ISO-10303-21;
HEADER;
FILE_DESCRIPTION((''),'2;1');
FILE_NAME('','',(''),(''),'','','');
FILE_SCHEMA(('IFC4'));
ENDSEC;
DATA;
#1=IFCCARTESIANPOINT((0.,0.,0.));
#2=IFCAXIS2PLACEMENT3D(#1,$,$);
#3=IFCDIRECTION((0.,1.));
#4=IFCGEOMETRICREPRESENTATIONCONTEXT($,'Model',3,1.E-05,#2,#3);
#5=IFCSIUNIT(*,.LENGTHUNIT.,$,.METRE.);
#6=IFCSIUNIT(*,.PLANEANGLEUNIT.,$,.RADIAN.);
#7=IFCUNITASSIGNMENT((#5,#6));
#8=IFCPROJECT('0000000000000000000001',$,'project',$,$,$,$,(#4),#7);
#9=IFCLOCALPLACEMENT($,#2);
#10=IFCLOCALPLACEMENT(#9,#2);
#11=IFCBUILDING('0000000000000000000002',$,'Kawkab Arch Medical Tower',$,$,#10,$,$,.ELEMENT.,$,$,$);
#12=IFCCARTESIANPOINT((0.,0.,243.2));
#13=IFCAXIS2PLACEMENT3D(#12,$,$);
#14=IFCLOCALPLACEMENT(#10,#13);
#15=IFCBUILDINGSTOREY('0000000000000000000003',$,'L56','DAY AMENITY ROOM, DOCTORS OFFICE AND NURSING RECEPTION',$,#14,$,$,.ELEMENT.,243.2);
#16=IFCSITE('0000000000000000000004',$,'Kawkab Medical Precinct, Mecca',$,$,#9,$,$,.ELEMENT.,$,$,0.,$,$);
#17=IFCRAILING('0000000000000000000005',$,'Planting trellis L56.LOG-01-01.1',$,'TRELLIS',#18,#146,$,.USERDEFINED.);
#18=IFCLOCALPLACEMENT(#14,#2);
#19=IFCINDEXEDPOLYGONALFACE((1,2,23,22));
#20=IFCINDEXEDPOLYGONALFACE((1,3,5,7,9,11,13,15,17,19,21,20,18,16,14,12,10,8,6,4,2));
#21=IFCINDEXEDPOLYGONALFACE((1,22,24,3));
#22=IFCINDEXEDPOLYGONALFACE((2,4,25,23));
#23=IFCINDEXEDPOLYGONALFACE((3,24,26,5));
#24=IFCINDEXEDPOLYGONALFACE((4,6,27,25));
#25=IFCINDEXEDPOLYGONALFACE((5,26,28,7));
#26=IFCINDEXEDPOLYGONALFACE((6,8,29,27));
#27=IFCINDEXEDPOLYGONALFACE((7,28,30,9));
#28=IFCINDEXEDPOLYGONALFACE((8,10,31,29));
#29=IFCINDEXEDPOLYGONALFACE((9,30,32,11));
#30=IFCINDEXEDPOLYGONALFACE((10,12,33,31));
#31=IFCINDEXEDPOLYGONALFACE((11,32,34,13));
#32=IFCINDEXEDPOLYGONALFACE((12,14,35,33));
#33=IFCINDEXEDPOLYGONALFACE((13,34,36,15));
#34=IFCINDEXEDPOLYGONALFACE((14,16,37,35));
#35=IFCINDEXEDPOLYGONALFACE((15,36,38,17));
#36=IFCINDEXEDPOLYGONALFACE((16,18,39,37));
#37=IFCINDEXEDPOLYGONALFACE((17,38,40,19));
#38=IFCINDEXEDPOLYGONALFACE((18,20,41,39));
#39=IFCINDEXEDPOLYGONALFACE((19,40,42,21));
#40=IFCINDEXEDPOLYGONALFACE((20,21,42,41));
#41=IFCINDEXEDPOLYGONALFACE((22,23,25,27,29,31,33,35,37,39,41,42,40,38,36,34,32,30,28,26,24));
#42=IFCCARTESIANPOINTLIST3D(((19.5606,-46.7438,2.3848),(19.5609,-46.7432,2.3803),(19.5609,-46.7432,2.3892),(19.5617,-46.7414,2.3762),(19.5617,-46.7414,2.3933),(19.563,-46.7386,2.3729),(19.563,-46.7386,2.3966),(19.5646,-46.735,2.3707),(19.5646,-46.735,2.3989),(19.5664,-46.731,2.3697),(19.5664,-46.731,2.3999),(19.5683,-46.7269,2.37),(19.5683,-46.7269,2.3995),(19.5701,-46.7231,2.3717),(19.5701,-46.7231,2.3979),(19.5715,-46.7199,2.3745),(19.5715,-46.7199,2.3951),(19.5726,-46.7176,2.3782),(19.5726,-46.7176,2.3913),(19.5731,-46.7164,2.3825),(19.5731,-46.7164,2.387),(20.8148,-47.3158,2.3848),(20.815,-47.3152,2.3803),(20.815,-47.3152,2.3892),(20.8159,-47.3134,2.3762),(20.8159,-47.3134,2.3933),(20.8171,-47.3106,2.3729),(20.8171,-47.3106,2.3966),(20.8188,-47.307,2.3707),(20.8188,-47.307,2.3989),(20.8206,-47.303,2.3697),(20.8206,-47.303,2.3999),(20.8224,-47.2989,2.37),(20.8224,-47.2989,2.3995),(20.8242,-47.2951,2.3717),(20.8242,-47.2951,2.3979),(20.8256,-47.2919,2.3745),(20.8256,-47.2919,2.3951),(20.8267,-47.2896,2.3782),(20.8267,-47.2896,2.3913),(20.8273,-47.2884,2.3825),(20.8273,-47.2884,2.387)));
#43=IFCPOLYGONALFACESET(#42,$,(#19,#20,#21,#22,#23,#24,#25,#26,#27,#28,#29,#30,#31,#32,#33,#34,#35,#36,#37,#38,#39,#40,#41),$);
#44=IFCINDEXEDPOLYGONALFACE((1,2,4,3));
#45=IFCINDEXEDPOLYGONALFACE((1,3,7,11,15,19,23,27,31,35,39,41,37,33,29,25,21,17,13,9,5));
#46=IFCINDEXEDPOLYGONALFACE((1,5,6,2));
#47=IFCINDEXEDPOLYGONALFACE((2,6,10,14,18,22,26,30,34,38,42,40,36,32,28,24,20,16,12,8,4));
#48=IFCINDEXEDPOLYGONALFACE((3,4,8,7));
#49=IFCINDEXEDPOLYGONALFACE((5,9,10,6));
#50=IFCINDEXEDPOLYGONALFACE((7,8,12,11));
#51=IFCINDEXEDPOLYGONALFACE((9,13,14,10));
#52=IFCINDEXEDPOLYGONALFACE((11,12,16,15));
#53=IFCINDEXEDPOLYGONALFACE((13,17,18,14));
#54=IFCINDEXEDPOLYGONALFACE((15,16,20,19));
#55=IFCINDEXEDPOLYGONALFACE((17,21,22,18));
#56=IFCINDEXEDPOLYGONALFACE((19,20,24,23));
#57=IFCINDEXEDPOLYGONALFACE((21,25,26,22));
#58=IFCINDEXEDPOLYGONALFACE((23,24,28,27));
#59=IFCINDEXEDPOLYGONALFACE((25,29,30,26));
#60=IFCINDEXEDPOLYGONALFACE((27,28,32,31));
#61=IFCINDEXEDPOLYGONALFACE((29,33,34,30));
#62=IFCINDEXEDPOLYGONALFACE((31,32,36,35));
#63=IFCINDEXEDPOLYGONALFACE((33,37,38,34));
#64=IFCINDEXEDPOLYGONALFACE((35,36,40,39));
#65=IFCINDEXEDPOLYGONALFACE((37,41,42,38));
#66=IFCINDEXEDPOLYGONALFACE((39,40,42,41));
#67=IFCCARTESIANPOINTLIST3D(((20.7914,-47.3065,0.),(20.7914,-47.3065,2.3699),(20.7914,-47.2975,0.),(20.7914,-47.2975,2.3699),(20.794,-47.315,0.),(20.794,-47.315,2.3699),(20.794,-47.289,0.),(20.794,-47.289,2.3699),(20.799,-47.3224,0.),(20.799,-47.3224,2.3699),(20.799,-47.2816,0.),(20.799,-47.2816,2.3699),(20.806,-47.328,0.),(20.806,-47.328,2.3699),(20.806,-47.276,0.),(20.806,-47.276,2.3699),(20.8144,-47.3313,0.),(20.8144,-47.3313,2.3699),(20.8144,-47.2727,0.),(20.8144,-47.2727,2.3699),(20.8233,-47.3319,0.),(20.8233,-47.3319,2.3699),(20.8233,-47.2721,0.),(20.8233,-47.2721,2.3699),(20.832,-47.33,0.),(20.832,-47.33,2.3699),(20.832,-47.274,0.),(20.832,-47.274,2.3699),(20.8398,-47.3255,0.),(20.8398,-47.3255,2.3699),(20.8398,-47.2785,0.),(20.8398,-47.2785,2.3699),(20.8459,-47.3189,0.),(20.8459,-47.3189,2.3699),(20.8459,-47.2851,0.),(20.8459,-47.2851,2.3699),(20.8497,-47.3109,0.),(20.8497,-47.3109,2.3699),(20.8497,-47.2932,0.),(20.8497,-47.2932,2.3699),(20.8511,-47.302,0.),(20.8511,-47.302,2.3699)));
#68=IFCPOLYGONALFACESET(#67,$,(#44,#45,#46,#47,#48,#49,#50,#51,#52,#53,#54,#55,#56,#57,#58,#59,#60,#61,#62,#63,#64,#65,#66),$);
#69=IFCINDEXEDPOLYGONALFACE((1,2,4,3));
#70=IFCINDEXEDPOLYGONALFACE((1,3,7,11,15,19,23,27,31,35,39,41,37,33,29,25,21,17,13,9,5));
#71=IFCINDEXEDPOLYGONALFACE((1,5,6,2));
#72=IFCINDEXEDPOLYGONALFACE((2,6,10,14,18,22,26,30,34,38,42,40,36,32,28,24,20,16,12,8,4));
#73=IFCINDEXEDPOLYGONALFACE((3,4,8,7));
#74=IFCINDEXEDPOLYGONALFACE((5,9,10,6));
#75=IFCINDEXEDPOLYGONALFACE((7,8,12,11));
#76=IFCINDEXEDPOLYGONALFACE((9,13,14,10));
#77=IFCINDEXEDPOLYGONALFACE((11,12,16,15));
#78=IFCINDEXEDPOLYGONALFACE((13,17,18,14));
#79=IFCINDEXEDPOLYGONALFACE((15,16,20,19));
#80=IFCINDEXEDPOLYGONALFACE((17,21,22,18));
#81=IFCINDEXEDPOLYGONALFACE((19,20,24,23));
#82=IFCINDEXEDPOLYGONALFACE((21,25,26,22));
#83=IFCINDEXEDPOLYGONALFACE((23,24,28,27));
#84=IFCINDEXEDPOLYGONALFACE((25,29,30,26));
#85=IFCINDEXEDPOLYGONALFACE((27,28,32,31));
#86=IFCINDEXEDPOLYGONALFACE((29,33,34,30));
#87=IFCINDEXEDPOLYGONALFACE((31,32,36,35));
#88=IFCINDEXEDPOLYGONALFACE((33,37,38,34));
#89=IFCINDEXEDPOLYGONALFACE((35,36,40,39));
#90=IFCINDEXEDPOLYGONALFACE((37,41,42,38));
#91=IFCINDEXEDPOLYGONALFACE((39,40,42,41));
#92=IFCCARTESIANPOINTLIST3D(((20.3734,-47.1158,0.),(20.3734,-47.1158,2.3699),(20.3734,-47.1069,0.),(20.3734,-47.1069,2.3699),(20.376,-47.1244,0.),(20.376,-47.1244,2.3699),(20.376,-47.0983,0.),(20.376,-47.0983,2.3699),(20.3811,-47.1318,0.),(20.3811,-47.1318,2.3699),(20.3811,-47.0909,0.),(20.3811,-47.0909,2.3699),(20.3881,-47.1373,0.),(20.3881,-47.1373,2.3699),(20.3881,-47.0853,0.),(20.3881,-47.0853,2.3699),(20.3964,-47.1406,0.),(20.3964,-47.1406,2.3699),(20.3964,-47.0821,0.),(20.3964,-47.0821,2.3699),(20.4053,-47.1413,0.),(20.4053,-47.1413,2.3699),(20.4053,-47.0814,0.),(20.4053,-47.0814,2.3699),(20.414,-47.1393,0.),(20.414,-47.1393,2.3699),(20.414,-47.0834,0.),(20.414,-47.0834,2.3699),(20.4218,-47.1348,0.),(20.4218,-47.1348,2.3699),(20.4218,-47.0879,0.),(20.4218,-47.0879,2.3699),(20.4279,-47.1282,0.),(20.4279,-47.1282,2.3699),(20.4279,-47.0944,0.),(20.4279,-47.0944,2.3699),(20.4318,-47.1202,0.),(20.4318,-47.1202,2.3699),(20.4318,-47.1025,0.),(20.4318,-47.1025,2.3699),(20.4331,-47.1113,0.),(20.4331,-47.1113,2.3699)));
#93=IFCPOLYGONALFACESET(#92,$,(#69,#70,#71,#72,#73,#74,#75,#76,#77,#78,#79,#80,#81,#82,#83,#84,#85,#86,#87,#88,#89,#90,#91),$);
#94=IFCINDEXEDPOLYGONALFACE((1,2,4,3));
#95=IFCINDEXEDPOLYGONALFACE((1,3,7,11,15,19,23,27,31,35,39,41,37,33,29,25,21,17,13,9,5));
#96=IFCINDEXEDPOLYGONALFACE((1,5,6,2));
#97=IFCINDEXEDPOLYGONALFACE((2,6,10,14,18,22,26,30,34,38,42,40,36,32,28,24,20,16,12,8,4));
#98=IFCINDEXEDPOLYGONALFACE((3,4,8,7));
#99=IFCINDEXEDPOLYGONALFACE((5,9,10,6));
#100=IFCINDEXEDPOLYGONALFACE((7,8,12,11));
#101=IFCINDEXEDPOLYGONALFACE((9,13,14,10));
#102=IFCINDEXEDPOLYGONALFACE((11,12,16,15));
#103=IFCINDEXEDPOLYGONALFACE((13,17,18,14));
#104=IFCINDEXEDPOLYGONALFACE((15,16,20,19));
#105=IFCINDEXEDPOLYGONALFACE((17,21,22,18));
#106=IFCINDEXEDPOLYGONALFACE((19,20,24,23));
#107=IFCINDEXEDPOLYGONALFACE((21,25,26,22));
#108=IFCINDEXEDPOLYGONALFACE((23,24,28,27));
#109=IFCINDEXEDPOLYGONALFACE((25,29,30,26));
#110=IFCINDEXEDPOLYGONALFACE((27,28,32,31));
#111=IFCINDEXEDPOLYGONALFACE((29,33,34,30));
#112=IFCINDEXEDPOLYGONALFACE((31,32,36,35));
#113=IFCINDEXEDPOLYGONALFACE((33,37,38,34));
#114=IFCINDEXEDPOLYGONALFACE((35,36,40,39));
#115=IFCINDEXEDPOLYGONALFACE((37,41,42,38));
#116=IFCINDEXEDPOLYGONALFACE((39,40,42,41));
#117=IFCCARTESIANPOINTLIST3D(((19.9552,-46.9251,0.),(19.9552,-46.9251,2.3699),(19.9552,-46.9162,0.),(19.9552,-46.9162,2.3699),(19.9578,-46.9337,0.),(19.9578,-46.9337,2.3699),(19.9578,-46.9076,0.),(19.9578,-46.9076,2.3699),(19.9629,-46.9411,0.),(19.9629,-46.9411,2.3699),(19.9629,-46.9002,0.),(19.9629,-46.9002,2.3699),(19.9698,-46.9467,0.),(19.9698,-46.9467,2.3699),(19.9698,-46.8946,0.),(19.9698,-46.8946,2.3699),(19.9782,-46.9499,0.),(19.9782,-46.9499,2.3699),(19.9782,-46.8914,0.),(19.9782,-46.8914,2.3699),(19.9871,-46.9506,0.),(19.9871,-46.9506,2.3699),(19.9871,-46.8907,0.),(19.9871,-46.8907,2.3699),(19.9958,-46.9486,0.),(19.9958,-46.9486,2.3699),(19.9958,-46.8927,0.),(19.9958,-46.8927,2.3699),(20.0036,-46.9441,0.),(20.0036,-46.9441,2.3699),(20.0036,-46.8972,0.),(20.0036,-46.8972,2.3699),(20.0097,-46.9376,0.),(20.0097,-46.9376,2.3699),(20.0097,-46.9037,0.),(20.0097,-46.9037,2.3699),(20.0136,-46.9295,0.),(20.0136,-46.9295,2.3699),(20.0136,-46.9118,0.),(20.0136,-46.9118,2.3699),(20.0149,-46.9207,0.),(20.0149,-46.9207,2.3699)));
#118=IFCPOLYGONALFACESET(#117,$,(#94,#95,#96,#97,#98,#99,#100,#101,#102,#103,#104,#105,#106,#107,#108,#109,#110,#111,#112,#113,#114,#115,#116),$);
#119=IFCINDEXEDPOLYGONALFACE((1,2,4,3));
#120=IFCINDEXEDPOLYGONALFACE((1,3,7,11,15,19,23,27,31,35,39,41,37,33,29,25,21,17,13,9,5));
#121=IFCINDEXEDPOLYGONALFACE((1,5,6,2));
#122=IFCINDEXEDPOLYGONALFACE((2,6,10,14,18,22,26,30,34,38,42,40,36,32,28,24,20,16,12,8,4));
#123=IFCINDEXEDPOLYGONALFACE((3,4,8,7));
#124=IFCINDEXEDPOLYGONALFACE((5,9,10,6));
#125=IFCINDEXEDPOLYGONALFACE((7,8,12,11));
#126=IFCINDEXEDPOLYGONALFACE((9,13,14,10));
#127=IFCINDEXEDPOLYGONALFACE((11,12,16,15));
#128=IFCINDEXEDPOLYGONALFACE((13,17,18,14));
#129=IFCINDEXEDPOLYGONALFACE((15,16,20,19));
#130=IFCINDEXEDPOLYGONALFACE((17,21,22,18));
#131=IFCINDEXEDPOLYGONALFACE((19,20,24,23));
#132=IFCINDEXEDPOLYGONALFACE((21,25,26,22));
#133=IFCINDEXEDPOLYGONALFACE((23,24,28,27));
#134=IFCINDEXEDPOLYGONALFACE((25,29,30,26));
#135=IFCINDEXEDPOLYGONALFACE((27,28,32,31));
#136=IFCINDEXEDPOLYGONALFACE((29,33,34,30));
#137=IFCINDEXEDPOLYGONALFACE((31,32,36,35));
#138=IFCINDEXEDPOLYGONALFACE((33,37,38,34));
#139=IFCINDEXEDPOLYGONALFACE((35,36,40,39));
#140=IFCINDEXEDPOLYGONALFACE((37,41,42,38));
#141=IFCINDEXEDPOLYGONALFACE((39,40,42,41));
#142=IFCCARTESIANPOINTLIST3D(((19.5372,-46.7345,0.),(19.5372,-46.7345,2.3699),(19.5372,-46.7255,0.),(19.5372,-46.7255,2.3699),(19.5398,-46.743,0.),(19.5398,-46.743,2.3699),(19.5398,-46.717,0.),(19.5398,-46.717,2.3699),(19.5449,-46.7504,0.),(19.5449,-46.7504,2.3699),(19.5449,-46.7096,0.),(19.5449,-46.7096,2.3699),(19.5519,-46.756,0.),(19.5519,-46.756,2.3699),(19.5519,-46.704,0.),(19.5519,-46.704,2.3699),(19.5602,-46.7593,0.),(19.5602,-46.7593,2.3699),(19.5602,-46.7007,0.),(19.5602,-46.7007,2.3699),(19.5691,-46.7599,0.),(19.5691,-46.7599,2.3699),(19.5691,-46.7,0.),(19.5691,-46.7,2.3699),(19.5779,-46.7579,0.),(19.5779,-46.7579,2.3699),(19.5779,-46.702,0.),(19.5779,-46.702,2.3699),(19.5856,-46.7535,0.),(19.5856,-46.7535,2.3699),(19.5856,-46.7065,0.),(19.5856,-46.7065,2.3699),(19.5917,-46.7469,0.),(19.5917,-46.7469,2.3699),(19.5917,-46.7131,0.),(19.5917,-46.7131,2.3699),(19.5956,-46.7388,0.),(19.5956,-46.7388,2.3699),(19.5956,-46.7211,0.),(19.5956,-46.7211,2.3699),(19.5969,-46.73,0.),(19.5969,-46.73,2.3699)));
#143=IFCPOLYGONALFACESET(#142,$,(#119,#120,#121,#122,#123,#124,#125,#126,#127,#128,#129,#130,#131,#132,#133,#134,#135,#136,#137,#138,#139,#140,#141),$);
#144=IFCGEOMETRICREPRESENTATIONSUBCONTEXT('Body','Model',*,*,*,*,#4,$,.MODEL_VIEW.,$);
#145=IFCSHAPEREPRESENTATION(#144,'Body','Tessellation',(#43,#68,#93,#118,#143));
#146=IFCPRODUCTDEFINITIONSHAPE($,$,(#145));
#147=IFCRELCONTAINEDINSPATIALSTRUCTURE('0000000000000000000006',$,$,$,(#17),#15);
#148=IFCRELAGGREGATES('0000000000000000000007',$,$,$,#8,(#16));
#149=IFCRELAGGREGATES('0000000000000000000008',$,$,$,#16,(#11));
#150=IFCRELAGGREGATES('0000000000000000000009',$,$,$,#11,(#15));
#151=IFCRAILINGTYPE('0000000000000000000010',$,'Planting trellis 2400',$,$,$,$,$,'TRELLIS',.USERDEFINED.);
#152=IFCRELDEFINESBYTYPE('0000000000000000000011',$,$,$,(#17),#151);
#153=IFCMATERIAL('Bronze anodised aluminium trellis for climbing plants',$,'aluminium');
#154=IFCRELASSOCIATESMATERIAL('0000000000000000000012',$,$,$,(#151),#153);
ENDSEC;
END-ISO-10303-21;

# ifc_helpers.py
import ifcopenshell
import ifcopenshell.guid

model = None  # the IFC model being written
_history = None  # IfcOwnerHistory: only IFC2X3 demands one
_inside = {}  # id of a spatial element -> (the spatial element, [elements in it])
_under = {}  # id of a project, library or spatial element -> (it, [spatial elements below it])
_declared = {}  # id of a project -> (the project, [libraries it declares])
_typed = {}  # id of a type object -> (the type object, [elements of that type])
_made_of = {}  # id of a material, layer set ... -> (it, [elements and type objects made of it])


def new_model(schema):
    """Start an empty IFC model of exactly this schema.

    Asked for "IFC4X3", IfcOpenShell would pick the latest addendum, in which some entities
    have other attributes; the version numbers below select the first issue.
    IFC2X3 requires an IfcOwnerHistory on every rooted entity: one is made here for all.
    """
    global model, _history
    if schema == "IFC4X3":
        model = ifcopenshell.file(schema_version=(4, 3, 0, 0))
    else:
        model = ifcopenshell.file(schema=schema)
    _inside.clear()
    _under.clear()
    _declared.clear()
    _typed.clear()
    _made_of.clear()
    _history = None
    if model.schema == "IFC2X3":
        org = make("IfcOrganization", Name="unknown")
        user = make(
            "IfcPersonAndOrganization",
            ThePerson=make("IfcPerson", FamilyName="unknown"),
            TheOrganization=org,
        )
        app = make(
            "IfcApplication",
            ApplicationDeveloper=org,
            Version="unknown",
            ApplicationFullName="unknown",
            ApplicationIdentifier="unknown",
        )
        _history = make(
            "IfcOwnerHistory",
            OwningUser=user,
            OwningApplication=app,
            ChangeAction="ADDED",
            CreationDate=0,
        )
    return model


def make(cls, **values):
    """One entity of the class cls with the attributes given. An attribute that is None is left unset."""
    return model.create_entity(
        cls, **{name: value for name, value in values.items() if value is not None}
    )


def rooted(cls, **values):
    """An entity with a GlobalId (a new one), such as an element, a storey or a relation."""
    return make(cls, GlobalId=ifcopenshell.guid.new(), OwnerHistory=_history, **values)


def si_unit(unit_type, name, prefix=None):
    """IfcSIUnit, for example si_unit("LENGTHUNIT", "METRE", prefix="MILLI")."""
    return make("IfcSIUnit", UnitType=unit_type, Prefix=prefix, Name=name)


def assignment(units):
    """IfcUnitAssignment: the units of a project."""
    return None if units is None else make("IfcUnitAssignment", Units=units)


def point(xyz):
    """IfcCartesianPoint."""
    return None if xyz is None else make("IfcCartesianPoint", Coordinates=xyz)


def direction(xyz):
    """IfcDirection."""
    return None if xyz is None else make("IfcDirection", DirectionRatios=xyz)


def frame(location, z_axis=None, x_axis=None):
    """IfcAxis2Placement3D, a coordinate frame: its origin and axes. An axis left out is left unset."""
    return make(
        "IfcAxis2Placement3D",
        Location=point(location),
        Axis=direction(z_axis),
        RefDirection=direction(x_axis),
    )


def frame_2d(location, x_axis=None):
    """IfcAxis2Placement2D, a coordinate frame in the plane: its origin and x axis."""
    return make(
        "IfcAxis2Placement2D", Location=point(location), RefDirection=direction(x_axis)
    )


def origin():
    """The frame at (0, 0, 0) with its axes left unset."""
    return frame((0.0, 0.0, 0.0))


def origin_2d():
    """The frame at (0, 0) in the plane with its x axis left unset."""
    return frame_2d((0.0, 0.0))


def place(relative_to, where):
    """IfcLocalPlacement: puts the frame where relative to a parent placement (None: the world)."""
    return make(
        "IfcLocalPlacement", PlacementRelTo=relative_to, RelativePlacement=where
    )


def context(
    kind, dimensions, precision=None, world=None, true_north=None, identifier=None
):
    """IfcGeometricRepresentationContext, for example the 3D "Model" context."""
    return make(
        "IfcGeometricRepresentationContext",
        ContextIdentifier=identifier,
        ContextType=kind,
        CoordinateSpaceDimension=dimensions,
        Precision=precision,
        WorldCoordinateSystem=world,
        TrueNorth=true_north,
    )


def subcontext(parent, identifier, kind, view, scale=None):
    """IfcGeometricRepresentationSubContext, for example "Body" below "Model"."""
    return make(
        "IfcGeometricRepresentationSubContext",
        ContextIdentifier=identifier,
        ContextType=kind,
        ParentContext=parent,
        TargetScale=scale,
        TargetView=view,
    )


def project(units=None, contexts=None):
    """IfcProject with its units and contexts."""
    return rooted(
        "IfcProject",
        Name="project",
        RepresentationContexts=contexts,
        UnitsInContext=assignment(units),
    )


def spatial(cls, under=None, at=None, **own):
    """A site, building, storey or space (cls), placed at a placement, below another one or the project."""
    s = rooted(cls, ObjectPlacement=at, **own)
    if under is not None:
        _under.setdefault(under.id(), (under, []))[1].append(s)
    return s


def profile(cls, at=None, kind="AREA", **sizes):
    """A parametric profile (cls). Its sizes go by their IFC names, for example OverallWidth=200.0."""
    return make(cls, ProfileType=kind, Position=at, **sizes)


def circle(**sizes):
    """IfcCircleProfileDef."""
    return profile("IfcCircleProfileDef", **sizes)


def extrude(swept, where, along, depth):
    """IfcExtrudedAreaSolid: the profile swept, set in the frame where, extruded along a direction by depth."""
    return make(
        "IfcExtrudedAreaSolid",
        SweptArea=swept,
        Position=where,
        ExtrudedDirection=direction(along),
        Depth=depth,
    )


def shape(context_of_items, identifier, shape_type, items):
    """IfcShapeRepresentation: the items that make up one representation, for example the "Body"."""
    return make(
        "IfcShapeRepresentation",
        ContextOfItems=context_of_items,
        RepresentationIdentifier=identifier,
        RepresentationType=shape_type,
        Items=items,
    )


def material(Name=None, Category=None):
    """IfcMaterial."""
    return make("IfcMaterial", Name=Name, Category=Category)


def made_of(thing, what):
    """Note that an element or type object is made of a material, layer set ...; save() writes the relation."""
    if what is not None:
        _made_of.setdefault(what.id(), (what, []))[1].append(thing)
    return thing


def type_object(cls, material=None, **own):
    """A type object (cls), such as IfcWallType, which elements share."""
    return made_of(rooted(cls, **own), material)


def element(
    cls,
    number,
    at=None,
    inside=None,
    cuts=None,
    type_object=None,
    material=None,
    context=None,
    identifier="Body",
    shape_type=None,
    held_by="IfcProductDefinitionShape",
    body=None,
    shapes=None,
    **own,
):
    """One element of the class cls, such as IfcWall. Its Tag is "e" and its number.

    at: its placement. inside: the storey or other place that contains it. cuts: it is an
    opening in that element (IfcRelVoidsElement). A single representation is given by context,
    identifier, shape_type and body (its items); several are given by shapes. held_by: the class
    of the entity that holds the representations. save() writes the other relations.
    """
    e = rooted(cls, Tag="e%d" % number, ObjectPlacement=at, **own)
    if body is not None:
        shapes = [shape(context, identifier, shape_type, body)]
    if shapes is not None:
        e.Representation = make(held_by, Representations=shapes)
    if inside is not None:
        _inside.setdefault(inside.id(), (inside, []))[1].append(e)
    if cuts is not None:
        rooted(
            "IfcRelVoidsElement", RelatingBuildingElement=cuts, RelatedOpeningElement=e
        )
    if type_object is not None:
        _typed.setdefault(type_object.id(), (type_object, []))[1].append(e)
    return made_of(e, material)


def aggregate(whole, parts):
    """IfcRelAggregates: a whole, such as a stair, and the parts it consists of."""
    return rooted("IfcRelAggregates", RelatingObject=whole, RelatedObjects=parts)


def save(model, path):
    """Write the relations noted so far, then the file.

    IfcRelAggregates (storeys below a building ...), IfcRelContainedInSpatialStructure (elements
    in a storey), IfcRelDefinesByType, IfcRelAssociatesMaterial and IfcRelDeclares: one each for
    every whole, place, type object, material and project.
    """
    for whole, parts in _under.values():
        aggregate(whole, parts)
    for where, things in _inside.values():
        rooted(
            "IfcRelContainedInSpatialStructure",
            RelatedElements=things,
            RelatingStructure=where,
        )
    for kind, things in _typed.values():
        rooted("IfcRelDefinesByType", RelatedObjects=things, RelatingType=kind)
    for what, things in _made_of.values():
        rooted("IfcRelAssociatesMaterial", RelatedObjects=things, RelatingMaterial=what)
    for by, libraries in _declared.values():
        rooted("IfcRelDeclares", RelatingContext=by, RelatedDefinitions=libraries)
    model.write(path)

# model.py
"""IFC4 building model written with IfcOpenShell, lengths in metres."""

from ifc_helpers import new_model, si_unit, direction, frame, origin, origin_2d, place, context, subcontext, project, spatial, circle, extrude, material, type_object, element, save


model = new_model("IFC4")

# Units and contexts
model_context = context("Model", 3, precision=1e-05, world=origin(), true_north=direction((0.0, 1.0)))
body_context = subcontext(model_context, "Body", "Model", "MODEL_VIEW")
ifc_project = project(units=[si_unit("LENGTHUNIT", "METRE"), si_unit("PLANEANGLEUNIT", "RADIAN")], contexts=[model_context])

# Site, building, storey
site_placement = place(None, origin())
site = spatial("IfcSite", under=ifc_project, at=site_placement, Name="Kawkab Medical Precinct, Mecca", CompositionType="ELEMENT", RefElevation=0.0)
building_placement = place(site_placement, origin())
building = spatial("IfcBuilding", under=site, at=building_placement, Name="Kawkab Arch Medical Tower", CompositionType="ELEMENT")
storey_placement = place(building_placement, frame((0.0, 0.0, 243.2)))
storey = spatial("IfcBuildingStorey", under=building, at=storey_placement, Name="L56", Description="DAY AMENITY ROOM, DOCTORS OFFICE AND NURSING RECEPTION", CompositionType="ELEMENT", Elevation=243.2)

# Railing
ifc_material_1 = material(Name="Bronze anodised aluminium trellis for climbing plants", Category="aluminium")
railing_type_1 = type_object("IfcRailingType", Name="Planting trellis 2400", ElementType="TRELLIS", PredefinedType="USERDEFINED", material=ifc_material_1)
railing_1_placement = place(storey_placement, frame((20.821, -47.302, 0.0)))
element("IfcRailing", 1, at=railing_1_placement, inside=storey, type_object=railing_type_1, Name="Planting trellis L56.LOG-01-01.1", ObjectType="TRELLIS", PredefinedType="USERDEFINED", context=body_context, shape_type="SweptSolid", body=[
    extrude(circle(Radius=0.0151, at=origin_2d()), frame((0.0, 0.0, 2.3848), z_axis=(-0.909832, 0.414977, 0.0), x_axis=(-0.414977, -0.909832, 0.0)), (0.0, 0.0, 1.0), 1.3784),
    extrude(circle(Radius=0.03, at=origin_2d()), origin(), (0.0, 0.0, 1.0), 2.3699),
    extrude(circle(Radius=0.03, at=origin_2d()), frame((-0.418, 0.1907, 0.0)), (0.0, 0.0, 1.0), 2.3699),
    extrude(circle(Radius=0.03, at=origin_2d()), frame((-0.8362, 0.3813, 0.0)), (0.0, 0.0, 1.0), 2.3699),
    extrude(circle(Radius=0.03, at=origin_2d()), frame((-1.2542, 0.572, 0.0)), (0.0, 0.0, 1.0), 2.3699),
])

save(model, "model.ifc")
